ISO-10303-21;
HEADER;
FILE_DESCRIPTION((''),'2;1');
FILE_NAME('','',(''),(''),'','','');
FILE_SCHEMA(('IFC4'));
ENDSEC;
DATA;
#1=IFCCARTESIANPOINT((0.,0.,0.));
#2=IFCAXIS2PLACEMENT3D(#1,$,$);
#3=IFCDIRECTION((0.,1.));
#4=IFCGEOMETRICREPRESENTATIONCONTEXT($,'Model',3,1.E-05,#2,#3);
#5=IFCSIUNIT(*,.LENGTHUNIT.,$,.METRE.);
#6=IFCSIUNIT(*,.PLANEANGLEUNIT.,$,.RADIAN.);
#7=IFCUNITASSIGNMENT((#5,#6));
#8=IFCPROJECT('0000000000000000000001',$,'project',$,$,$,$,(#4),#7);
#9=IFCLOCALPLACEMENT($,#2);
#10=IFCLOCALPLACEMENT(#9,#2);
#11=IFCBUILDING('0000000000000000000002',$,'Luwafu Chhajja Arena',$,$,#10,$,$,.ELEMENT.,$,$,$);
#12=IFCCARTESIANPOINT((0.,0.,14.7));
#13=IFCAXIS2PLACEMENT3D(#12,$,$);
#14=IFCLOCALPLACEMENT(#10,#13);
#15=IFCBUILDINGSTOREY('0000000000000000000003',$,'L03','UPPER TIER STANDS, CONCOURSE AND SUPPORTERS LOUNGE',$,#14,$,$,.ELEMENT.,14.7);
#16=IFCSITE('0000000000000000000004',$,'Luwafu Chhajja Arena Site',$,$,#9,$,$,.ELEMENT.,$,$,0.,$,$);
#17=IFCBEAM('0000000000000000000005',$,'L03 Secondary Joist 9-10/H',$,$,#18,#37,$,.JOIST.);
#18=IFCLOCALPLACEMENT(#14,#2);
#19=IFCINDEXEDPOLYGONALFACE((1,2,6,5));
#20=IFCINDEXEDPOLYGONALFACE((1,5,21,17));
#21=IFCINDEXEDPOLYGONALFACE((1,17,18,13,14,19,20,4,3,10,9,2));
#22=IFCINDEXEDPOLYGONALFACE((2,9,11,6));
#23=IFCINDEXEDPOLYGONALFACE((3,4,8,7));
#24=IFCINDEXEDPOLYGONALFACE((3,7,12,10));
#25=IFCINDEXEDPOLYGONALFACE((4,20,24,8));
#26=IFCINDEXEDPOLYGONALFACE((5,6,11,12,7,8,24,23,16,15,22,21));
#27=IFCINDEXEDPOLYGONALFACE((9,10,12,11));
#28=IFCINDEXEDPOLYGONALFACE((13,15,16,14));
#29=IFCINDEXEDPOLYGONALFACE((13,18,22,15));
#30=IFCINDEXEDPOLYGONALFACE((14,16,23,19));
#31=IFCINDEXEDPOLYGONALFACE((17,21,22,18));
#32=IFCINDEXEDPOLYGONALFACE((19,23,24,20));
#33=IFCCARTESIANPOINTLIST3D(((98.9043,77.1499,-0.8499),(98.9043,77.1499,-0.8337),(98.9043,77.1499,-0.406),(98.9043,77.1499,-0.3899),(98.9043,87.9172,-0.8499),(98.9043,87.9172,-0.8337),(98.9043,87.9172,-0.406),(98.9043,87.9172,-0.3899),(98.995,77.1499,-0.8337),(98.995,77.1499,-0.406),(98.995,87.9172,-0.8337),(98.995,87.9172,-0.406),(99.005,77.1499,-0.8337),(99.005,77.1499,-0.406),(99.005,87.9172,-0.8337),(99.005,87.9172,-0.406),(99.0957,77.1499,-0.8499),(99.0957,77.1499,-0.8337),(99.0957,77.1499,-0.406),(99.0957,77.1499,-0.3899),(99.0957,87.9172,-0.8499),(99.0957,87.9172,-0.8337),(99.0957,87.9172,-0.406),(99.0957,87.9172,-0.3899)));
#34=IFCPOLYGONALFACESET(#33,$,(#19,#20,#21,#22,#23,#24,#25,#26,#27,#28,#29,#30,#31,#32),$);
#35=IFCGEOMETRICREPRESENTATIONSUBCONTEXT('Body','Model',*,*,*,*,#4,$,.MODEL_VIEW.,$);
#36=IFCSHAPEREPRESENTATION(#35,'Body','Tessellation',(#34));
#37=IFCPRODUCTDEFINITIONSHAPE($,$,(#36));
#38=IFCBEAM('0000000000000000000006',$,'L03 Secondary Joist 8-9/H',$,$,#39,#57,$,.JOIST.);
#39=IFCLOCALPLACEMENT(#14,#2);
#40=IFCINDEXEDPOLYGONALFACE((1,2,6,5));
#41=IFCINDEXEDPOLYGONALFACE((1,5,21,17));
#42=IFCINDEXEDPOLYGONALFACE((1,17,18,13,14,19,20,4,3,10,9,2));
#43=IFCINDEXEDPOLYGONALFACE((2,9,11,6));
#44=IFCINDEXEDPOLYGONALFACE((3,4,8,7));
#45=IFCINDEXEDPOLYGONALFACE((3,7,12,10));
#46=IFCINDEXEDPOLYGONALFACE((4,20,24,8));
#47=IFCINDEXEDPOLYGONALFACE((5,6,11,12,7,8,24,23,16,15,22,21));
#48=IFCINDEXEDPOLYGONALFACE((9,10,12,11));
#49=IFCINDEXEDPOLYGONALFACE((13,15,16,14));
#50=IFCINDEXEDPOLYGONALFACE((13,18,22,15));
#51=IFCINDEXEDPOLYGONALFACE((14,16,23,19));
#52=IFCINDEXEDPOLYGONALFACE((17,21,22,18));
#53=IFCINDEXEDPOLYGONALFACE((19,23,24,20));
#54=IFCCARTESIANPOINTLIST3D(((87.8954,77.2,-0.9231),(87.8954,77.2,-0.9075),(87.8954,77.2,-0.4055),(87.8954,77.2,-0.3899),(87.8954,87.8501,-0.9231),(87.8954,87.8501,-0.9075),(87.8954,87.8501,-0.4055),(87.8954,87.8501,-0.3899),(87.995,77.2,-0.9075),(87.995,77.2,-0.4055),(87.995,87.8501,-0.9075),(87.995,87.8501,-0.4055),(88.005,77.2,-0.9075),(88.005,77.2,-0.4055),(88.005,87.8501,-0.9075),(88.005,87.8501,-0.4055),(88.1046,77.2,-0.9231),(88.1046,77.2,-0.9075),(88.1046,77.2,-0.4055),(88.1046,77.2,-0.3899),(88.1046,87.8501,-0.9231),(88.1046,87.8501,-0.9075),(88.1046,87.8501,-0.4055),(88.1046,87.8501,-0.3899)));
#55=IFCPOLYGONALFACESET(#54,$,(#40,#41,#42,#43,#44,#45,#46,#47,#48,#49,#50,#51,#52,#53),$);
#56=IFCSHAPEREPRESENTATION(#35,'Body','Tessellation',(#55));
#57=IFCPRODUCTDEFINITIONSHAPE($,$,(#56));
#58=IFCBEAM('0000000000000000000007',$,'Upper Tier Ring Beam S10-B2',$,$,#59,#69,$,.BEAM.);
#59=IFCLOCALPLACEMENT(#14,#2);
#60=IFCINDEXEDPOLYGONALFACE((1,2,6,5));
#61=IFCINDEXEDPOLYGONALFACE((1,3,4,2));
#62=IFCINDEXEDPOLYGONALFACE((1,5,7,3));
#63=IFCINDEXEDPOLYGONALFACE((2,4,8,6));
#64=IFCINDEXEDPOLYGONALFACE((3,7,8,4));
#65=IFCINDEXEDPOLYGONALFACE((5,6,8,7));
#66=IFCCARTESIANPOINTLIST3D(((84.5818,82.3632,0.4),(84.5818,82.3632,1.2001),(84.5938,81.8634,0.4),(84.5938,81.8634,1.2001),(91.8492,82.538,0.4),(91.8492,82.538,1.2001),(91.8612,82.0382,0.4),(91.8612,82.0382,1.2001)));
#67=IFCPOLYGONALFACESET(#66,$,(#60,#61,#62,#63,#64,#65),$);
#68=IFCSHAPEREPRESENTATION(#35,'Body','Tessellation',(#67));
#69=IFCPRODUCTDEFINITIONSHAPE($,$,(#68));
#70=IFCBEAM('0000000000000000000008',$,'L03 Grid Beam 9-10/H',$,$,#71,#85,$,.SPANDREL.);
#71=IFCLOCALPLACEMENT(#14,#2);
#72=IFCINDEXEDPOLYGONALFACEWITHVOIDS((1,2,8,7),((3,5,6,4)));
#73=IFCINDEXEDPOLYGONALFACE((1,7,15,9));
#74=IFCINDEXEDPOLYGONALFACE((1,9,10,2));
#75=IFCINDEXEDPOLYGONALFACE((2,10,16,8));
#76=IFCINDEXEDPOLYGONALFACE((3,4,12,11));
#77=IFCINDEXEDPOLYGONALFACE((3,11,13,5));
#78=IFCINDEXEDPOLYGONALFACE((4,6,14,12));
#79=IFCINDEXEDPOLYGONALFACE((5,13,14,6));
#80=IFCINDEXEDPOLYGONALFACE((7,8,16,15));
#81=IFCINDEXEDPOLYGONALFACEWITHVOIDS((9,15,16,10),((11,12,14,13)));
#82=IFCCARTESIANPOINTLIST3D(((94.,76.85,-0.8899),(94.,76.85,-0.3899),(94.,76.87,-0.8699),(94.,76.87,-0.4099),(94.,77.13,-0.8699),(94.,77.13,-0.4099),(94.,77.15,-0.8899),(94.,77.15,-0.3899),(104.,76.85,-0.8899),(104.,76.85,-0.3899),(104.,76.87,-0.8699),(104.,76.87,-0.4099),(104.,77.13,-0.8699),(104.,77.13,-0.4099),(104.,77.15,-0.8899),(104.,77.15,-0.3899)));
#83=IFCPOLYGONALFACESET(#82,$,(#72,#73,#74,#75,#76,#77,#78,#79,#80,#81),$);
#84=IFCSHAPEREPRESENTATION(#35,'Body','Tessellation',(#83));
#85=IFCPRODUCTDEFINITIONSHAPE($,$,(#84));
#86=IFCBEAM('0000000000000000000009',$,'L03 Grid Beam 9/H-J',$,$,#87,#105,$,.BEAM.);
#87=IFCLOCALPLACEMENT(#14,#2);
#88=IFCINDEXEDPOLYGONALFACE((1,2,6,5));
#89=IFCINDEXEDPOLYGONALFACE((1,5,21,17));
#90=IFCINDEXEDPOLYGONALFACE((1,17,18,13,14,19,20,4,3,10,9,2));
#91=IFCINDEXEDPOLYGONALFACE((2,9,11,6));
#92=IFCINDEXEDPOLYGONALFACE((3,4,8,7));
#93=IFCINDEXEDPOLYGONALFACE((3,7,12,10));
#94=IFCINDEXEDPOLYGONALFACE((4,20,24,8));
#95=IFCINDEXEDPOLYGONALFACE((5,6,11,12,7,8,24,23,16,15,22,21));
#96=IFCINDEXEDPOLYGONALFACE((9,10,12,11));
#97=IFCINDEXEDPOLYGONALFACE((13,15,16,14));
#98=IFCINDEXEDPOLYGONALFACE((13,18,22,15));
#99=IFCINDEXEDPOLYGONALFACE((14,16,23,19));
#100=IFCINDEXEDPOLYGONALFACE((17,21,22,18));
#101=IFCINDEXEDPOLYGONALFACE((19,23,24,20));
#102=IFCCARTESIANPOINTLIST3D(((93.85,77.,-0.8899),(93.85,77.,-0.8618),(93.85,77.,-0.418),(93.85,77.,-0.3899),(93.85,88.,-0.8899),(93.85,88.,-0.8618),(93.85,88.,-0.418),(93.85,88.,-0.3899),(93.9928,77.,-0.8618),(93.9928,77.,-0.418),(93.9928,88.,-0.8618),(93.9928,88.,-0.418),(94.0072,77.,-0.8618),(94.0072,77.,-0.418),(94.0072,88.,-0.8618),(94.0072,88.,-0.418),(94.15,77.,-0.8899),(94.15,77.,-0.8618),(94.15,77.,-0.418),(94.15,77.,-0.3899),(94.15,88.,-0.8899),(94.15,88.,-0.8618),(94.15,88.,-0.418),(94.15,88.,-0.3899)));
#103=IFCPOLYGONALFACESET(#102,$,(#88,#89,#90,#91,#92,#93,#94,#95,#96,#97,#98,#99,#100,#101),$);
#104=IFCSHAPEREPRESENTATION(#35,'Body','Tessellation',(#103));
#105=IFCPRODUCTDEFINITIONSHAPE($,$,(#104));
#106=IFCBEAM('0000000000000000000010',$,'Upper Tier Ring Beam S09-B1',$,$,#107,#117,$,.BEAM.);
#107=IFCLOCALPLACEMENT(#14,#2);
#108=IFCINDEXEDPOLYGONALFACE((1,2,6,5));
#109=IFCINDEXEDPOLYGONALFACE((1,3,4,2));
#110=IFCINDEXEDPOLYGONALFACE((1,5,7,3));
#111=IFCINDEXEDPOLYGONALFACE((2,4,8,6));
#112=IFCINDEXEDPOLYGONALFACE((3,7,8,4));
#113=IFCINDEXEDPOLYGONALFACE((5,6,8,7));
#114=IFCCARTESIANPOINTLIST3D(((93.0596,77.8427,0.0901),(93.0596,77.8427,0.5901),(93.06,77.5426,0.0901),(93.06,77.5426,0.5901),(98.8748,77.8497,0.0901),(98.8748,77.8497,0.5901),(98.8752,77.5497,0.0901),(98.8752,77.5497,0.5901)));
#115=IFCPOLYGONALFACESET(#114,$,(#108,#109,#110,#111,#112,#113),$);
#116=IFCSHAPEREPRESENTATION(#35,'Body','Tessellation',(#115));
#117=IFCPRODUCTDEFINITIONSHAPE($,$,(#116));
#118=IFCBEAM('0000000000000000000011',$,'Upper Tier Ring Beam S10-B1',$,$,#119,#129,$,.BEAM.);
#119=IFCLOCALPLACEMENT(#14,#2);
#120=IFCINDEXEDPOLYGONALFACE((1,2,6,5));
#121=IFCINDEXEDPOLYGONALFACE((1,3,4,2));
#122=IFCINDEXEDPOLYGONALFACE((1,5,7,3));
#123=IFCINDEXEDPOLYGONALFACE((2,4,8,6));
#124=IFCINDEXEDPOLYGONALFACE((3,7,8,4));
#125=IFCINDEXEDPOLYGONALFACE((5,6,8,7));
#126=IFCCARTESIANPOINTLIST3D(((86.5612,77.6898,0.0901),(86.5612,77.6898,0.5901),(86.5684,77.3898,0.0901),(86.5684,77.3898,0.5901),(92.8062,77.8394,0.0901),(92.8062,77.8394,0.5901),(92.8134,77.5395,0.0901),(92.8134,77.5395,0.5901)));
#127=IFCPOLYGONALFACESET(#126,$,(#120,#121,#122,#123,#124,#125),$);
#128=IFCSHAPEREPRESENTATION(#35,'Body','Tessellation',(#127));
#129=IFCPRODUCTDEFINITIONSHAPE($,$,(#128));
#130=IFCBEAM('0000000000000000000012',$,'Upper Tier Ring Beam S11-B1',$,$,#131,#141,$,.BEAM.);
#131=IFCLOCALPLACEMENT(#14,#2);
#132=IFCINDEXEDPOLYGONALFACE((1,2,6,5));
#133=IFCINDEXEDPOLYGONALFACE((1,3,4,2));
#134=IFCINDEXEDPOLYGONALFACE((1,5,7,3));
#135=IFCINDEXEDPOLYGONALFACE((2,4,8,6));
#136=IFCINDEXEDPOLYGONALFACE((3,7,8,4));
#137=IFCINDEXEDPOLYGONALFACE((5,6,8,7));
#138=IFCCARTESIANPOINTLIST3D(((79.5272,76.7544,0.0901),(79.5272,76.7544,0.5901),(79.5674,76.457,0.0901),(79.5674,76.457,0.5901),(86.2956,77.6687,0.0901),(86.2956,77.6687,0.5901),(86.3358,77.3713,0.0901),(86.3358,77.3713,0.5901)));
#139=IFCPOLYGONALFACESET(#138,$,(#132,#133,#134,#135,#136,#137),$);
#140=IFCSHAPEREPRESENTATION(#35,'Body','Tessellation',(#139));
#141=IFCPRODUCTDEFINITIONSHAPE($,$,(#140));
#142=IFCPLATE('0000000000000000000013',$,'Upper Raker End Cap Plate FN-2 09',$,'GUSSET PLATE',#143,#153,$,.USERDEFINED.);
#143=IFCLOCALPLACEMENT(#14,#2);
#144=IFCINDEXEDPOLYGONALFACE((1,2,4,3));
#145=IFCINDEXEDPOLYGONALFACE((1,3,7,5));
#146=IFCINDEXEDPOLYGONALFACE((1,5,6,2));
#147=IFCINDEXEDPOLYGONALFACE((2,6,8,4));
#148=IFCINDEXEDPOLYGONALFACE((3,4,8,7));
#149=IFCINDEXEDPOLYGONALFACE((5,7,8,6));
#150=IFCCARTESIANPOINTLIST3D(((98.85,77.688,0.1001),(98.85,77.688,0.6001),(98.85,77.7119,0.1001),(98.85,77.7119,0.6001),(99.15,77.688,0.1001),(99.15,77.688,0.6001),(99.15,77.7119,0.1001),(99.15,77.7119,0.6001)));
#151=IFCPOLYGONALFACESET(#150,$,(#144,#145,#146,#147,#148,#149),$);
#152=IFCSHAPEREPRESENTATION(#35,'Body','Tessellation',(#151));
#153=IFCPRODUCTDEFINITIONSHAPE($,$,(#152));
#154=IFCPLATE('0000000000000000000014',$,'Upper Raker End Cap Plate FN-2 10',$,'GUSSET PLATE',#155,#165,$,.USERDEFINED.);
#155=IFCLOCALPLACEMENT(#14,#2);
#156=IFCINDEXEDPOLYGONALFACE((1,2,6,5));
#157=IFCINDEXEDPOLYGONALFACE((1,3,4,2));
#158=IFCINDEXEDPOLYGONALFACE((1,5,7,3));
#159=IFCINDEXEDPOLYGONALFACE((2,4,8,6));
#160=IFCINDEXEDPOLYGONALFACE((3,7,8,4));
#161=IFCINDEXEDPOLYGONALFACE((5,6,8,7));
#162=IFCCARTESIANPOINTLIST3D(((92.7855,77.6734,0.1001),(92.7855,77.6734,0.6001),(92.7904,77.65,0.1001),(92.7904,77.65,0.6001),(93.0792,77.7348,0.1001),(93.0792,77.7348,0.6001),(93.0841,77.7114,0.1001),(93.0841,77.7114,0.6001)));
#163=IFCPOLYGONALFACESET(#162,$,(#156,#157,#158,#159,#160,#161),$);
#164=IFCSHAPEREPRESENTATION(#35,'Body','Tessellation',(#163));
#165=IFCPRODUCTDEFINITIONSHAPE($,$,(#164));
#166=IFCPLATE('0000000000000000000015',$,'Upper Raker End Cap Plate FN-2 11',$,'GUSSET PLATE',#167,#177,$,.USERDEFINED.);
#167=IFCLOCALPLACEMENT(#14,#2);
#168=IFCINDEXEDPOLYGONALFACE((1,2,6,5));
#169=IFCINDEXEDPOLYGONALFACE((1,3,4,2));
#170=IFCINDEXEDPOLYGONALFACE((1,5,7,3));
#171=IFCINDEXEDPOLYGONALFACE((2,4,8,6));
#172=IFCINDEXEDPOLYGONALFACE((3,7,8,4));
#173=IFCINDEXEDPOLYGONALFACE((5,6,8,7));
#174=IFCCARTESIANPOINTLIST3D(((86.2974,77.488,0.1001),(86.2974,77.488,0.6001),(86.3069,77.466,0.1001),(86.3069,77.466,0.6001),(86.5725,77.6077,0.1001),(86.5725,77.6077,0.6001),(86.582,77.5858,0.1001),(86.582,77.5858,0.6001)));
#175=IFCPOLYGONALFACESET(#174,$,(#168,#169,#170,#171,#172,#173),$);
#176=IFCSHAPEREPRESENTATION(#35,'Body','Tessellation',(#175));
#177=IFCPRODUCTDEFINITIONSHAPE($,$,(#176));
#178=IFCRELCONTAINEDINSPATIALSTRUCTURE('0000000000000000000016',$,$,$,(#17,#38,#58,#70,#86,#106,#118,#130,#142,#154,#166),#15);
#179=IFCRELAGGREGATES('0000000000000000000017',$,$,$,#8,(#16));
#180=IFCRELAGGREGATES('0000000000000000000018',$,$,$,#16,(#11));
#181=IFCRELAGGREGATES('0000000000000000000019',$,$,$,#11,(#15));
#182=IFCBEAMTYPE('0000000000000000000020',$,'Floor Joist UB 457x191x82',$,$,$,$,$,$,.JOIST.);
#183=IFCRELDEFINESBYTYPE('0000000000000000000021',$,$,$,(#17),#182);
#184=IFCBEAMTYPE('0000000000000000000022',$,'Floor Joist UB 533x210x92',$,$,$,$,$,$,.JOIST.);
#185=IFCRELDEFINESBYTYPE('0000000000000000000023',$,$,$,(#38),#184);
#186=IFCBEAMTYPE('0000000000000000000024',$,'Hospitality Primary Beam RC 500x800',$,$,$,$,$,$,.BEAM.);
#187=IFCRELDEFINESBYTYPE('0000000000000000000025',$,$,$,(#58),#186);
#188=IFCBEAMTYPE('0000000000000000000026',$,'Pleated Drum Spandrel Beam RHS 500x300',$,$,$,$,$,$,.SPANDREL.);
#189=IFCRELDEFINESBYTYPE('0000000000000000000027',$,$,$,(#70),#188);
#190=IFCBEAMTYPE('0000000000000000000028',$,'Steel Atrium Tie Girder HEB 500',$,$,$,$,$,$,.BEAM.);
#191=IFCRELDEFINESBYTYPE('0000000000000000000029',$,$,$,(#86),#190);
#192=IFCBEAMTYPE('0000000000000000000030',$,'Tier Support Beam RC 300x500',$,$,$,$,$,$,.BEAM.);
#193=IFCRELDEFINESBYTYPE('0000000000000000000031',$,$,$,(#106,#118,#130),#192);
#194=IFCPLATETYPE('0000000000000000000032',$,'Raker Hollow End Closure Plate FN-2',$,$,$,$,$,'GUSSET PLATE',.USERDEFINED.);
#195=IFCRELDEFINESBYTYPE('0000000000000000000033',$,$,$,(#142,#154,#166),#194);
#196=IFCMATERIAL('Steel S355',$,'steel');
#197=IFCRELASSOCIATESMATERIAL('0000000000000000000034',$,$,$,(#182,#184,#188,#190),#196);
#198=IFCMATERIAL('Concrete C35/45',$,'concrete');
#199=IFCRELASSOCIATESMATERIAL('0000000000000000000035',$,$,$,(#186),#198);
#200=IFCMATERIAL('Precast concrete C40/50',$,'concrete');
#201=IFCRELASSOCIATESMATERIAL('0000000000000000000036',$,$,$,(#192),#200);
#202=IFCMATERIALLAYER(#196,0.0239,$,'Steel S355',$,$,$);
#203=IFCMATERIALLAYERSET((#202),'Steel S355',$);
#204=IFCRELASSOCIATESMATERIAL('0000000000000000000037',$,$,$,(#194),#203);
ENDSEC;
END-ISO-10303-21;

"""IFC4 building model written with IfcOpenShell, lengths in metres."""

from ifc_helpers import new_model, si_unit, direction, frame, origin, origin_2d, place, context, subcontext, project, spatial, rectangle, hollow_rectangle, i_section, extrude, material, layer, layer_set, material_profile, profile_set, type_object, element, save


model = new_model("IFC4")

# Units and contexts
model_context = context("Model", 3, precision=1e-05, world=origin(), true_north=direction((0.0, 1.0)))
body_context = subcontext(model_context, "Body", "Model", "MODEL_VIEW")
ifc_project = project(units=[si_unit("LENGTHUNIT", "METRE"), si_unit("PLANEANGLEUNIT", "RADIAN")], contexts=[model_context])

# Site, building, storey
site_placement = place(None, origin())
site = spatial("IfcSite", under=ifc_project, at=site_placement, Name="Luwafu Chhajja Arena Site", CompositionType="ELEMENT", RefElevation=0.0)
building_placement = place(site_placement, origin())
building = spatial("IfcBuilding", under=site, at=building_placement, Name="Luwafu Chhajja Arena", CompositionType="ELEMENT")
storey_placement = place(building_placement, frame((0.0, 0.0, 14.7)))
storey = spatial("IfcBuildingStorey", under=building, at=storey_placement, Name="L03", Description="UPPER TIER STANDS, CONCOURSE AND SUPPORTERS LOUNGE", CompositionType="ELEMENT", Elevation=14.7)

# Shared definitions
ifc_material_1 = material(Name="Concrete C35/45", Category="concrete")
ifc_material_2 = material(Name="Steel S355", Category="steel")

# Beams
ifc_material_profile_1 = material_profile(ifc_material_2, i_section(OverallWidth=0.1914, OverallDepth=0.46, WebThickness=0.01, FlangeThickness=0.0161, at=origin_2d()), Name="UB 457x191x82")
ifc_profile_set_1 = profile_set([ifc_material_profile_1], Name="Steel S355")
beam_type_1 = type_object("IfcBeamType", Name="Floor Joist UB 457x191x82", PredefinedType="JOIST", material=ifc_profile_set_1)
beam_1_placement = place(storey_placement, frame((99.0, 77.1499, -0.6199), z_axis=(0.0, 1.0, 0.0), x_axis=(-1.0, 0.0, 0.0)))
element("IfcBeam", 1, at=beam_1_placement, inside=storey, type_object=beam_type_1, Name="L03 Secondary Joist 9-10/H", PredefinedType="JOIST", context=body_context, shape_type="SweptSolid", body=[
    extrude(i_section(OverallWidth=0.1914, OverallDepth=0.46, WebThickness=0.01, FlangeThickness=0.0161, at=origin_2d()), origin(), (0.0, 0.0, 1.0), 10.7673),
])
ifc_material_profile_2 = material_profile(ifc_material_2, i_section(OverallWidth=0.2092, OverallDepth=0.5332, WebThickness=0.01, FlangeThickness=0.0156, at=origin_2d()), Name="UB 533x210x92")
ifc_profile_set_2 = profile_set([ifc_material_profile_2], Name="Steel S355")
beam_type_2 = type_object("IfcBeamType", Name="Floor Joist UB 533x210x92", PredefinedType="JOIST", material=ifc_profile_set_2)
beam_2_placement = place(storey_placement, frame((88.0, 77.2, -0.6565), z_axis=(0.0, 1.0, 0.0), x_axis=(-1.0, 0.0, 0.0)))
element("IfcBeam", 2, at=beam_2_placement, inside=storey, type_object=beam_type_2, Name="L03 Secondary Joist 8-9/H", PredefinedType="JOIST", context=body_context, shape_type="SweptSolid", body=[
    extrude(i_section(OverallWidth=0.2092, OverallDepth=0.5332, WebThickness=0.01, FlangeThickness=0.0156, at=origin_2d()), origin(), (0.0, 0.0, 1.0), 10.6501),
])
ifc_material_profile_3 = material_profile(ifc_material_1, rectangle(XDim=0.5, YDim=0.8, at=origin_2d()), Name="RC 500x800")
ifc_profile_set_3 = profile_set([ifc_material_profile_3], Name="Concrete C35/45")
beam_type_3 = type_object("IfcBeamType", Name="Hospitality Primary Beam RC 500x800", PredefinedType="BEAM", material=ifc_profile_set_3)
beam_3_placement = place(storey_placement, frame((91.8552, 82.2881, 0.8), z_axis=(-0.999711, -0.024047, 0.0), x_axis=(0.024047, -0.999711, 0.0)))
element("IfcBeam", 3, at=beam_3_placement, inside=storey, type_object=beam_type_3, Name="Upper Tier Ring Beam S10-B2", PredefinedType="BEAM", context=body_context, shape_type="SweptSolid", body=[
    extrude(rectangle(XDim=0.5, YDim=0.8, at=origin_2d()), origin(), (0.0, 0.0, 1.0), 7.2695),
])
ifc_material_profile_4 = material_profile(ifc_material_2, hollow_rectangle(XDim=0.3, YDim=0.5, WallThickness=0.02, at=origin_2d()), Name="RHS 500x300x20")
ifc_profile_set_4 = profile_set([ifc_material_profile_4], Name="Steel S355")
beam_type_4 = type_object("IfcBeamType", Name="Pleated Drum Spandrel Beam RHS 500x300", PredefinedType="SPANDREL", material=ifc_profile_set_4)
beam_4_placement = place(storey_placement, frame((94.0, 77.0, -0.6399), z_axis=(1.0, 0.0, 0.0), x_axis=(0.0, 1.0, 0.0)))
element("IfcBeam", 4, at=beam_4_placement, inside=storey, type_object=beam_type_4, Name="L03 Grid Beam 9-10/H", PredefinedType="SPANDREL", context=body_context, shape_type="SweptSolid", body=[
    extrude(hollow_rectangle(XDim=0.3, YDim=0.5, WallThickness=0.02, at=origin_2d()), origin(), (0.0, 0.0, 1.0), 10.0),
])
ifc_material_profile_5 = material_profile(ifc_material_2, i_section(OverallWidth=0.3, OverallDepth=0.5, WebThickness=0.0144, FlangeThickness=0.0281, at=origin_2d()), Name="HEB 500")
ifc_profile_set_5 = profile_set([ifc_material_profile_5], Name="Steel S355")
beam_type_5 = type_object("IfcBeamType", Name="Steel Atrium Tie Girder HEB 500", PredefinedType="BEAM", material=ifc_profile_set_5)
beam_5_placement = place(storey_placement, frame((94.0, 77.0, -0.6399), z_axis=(0.0, 1.0, 0.0), x_axis=(-1.0, 0.0, 0.0)))
element("IfcBeam", 5, at=beam_5_placement, inside=storey, type_object=beam_type_5, Name="L03 Grid Beam 9/H-J", PredefinedType="BEAM", context=body_context, shape_type="SweptSolid", body=[
    extrude(i_section(OverallWidth=0.3, OverallDepth=0.5, WebThickness=0.0144, FlangeThickness=0.0281, at=origin_2d()), origin(), (0.0, 0.0, 1.0), 11.0),
])
ifc_material_3 = material(Name="Precast concrete C40/50", Category="concrete")
ifc_material_profile_6 = material_profile(ifc_material_3, rectangle(XDim=0.3, YDim=0.5, at=origin_2d()), Name="RC 300x500")
ifc_profile_set_6 = profile_set([ifc_material_profile_6], Name="Precast concrete C40/50")
beam_type_6 = type_object("IfcBeamType", Name="Tier Support Beam RC 300x500", PredefinedType="BEAM", material=ifc_profile_set_6)
beam_6_placement = place(storey_placement, frame((98.875, 77.6997, 0.3401), z_axis=(-0.999999, -0.001218, 0.0), x_axis=(0.001218, -0.999999, 0.0)))
element("IfcBeam", 6, at=beam_6_placement, inside=storey, type_object=beam_type_6, Name="Upper Tier Ring Beam S09-B1", PredefinedType="BEAM", context=body_context, shape_type="SweptSolid", body=[
    extrude(rectangle(XDim=0.3, YDim=0.5, at=origin_2d()), origin(), (0.0, 0.0, 1.0), 5.8152),
])
beam_7_placement = place(storey_placement, frame((92.8098, 77.6895, 0.3401), z_axis=(-0.999713, -0.023957, 0.0), x_axis=(0.023957, -0.999713, 0.0)))
element("IfcBeam", 7, at=beam_7_placement, inside=storey, type_object=beam_type_6, Name="Upper Tier Ring Beam S10-B1", PredefinedType="BEAM", context=body_context, shape_type="SweptSolid", body=[
    extrude(rectangle(XDim=0.3, YDim=0.5, at=origin_2d()), origin(), (0.0, 0.0, 1.0), 6.2468),
])
beam_8_placement = place(storey_placement, frame((86.3157, 77.52, 0.3401), z_axis=(-0.990999, -0.13387, 0.0), x_axis=(0.13387, -0.990999, 0.0)))
element("IfcBeam", 8, at=beam_8_placement, inside=storey, type_object=beam_type_6, Name="Upper Tier Ring Beam S11-B1", PredefinedType="BEAM", context=body_context, shape_type="SweptSolid", body=[
    extrude(rectangle(XDim=0.3, YDim=0.5, at=origin_2d()), origin(), (0.0, 0.0, 1.0), 6.8298),
])

# Plates
ifc_layer = layer(ifc_material_2, 0.0239, Name="Steel S355")
ifc_layer_set = layer_set([ifc_layer], Name="Steel S355")
plate_type = type_object("IfcPlateType", Name="Raker Hollow End Closure Plate FN-2", ElementType="GUSSET PLATE", PredefinedType="USERDEFINED", material=ifc_layer_set)
for number, where, z_axis, x_axis, name in (
    (9, (99.0, 77.7, 0.1001), (0.0, 0.0, 1.0), (0.0, 1.0, 0.0), "Upper Raker End Cap Plate FN-2 09"),
    (10, (92.9348, 77.6924, 0.1001), (0.0, 0.0, 1.0), (-0.204578, 0.97885, 0.0), "Upper Raker End Cap Plate FN-2 10"),
    (11, (86.4397, 77.5369, 0.1001), (0.0, 0.0, 1.0), (-0.399066, 0.916922, 0.0), "Upper Raker End Cap Plate FN-2 11"),
):
    element("IfcPlate", number, at=place(storey_placement, frame(where, z_axis=z_axis, x_axis=x_axis)), inside=storey, type_object=plate_type, Name=name, ObjectType="GUSSET PLATE", PredefinedType="USERDEFINED", context=body_context, shape_type="SweptSolid", body=[
        extrude(rectangle(XDim=0.0239, YDim=0.3, at=origin_2d()), origin(), (0.0, 0.0, 1.0), 0.5),
    ])

save(model, "model.ifc")
